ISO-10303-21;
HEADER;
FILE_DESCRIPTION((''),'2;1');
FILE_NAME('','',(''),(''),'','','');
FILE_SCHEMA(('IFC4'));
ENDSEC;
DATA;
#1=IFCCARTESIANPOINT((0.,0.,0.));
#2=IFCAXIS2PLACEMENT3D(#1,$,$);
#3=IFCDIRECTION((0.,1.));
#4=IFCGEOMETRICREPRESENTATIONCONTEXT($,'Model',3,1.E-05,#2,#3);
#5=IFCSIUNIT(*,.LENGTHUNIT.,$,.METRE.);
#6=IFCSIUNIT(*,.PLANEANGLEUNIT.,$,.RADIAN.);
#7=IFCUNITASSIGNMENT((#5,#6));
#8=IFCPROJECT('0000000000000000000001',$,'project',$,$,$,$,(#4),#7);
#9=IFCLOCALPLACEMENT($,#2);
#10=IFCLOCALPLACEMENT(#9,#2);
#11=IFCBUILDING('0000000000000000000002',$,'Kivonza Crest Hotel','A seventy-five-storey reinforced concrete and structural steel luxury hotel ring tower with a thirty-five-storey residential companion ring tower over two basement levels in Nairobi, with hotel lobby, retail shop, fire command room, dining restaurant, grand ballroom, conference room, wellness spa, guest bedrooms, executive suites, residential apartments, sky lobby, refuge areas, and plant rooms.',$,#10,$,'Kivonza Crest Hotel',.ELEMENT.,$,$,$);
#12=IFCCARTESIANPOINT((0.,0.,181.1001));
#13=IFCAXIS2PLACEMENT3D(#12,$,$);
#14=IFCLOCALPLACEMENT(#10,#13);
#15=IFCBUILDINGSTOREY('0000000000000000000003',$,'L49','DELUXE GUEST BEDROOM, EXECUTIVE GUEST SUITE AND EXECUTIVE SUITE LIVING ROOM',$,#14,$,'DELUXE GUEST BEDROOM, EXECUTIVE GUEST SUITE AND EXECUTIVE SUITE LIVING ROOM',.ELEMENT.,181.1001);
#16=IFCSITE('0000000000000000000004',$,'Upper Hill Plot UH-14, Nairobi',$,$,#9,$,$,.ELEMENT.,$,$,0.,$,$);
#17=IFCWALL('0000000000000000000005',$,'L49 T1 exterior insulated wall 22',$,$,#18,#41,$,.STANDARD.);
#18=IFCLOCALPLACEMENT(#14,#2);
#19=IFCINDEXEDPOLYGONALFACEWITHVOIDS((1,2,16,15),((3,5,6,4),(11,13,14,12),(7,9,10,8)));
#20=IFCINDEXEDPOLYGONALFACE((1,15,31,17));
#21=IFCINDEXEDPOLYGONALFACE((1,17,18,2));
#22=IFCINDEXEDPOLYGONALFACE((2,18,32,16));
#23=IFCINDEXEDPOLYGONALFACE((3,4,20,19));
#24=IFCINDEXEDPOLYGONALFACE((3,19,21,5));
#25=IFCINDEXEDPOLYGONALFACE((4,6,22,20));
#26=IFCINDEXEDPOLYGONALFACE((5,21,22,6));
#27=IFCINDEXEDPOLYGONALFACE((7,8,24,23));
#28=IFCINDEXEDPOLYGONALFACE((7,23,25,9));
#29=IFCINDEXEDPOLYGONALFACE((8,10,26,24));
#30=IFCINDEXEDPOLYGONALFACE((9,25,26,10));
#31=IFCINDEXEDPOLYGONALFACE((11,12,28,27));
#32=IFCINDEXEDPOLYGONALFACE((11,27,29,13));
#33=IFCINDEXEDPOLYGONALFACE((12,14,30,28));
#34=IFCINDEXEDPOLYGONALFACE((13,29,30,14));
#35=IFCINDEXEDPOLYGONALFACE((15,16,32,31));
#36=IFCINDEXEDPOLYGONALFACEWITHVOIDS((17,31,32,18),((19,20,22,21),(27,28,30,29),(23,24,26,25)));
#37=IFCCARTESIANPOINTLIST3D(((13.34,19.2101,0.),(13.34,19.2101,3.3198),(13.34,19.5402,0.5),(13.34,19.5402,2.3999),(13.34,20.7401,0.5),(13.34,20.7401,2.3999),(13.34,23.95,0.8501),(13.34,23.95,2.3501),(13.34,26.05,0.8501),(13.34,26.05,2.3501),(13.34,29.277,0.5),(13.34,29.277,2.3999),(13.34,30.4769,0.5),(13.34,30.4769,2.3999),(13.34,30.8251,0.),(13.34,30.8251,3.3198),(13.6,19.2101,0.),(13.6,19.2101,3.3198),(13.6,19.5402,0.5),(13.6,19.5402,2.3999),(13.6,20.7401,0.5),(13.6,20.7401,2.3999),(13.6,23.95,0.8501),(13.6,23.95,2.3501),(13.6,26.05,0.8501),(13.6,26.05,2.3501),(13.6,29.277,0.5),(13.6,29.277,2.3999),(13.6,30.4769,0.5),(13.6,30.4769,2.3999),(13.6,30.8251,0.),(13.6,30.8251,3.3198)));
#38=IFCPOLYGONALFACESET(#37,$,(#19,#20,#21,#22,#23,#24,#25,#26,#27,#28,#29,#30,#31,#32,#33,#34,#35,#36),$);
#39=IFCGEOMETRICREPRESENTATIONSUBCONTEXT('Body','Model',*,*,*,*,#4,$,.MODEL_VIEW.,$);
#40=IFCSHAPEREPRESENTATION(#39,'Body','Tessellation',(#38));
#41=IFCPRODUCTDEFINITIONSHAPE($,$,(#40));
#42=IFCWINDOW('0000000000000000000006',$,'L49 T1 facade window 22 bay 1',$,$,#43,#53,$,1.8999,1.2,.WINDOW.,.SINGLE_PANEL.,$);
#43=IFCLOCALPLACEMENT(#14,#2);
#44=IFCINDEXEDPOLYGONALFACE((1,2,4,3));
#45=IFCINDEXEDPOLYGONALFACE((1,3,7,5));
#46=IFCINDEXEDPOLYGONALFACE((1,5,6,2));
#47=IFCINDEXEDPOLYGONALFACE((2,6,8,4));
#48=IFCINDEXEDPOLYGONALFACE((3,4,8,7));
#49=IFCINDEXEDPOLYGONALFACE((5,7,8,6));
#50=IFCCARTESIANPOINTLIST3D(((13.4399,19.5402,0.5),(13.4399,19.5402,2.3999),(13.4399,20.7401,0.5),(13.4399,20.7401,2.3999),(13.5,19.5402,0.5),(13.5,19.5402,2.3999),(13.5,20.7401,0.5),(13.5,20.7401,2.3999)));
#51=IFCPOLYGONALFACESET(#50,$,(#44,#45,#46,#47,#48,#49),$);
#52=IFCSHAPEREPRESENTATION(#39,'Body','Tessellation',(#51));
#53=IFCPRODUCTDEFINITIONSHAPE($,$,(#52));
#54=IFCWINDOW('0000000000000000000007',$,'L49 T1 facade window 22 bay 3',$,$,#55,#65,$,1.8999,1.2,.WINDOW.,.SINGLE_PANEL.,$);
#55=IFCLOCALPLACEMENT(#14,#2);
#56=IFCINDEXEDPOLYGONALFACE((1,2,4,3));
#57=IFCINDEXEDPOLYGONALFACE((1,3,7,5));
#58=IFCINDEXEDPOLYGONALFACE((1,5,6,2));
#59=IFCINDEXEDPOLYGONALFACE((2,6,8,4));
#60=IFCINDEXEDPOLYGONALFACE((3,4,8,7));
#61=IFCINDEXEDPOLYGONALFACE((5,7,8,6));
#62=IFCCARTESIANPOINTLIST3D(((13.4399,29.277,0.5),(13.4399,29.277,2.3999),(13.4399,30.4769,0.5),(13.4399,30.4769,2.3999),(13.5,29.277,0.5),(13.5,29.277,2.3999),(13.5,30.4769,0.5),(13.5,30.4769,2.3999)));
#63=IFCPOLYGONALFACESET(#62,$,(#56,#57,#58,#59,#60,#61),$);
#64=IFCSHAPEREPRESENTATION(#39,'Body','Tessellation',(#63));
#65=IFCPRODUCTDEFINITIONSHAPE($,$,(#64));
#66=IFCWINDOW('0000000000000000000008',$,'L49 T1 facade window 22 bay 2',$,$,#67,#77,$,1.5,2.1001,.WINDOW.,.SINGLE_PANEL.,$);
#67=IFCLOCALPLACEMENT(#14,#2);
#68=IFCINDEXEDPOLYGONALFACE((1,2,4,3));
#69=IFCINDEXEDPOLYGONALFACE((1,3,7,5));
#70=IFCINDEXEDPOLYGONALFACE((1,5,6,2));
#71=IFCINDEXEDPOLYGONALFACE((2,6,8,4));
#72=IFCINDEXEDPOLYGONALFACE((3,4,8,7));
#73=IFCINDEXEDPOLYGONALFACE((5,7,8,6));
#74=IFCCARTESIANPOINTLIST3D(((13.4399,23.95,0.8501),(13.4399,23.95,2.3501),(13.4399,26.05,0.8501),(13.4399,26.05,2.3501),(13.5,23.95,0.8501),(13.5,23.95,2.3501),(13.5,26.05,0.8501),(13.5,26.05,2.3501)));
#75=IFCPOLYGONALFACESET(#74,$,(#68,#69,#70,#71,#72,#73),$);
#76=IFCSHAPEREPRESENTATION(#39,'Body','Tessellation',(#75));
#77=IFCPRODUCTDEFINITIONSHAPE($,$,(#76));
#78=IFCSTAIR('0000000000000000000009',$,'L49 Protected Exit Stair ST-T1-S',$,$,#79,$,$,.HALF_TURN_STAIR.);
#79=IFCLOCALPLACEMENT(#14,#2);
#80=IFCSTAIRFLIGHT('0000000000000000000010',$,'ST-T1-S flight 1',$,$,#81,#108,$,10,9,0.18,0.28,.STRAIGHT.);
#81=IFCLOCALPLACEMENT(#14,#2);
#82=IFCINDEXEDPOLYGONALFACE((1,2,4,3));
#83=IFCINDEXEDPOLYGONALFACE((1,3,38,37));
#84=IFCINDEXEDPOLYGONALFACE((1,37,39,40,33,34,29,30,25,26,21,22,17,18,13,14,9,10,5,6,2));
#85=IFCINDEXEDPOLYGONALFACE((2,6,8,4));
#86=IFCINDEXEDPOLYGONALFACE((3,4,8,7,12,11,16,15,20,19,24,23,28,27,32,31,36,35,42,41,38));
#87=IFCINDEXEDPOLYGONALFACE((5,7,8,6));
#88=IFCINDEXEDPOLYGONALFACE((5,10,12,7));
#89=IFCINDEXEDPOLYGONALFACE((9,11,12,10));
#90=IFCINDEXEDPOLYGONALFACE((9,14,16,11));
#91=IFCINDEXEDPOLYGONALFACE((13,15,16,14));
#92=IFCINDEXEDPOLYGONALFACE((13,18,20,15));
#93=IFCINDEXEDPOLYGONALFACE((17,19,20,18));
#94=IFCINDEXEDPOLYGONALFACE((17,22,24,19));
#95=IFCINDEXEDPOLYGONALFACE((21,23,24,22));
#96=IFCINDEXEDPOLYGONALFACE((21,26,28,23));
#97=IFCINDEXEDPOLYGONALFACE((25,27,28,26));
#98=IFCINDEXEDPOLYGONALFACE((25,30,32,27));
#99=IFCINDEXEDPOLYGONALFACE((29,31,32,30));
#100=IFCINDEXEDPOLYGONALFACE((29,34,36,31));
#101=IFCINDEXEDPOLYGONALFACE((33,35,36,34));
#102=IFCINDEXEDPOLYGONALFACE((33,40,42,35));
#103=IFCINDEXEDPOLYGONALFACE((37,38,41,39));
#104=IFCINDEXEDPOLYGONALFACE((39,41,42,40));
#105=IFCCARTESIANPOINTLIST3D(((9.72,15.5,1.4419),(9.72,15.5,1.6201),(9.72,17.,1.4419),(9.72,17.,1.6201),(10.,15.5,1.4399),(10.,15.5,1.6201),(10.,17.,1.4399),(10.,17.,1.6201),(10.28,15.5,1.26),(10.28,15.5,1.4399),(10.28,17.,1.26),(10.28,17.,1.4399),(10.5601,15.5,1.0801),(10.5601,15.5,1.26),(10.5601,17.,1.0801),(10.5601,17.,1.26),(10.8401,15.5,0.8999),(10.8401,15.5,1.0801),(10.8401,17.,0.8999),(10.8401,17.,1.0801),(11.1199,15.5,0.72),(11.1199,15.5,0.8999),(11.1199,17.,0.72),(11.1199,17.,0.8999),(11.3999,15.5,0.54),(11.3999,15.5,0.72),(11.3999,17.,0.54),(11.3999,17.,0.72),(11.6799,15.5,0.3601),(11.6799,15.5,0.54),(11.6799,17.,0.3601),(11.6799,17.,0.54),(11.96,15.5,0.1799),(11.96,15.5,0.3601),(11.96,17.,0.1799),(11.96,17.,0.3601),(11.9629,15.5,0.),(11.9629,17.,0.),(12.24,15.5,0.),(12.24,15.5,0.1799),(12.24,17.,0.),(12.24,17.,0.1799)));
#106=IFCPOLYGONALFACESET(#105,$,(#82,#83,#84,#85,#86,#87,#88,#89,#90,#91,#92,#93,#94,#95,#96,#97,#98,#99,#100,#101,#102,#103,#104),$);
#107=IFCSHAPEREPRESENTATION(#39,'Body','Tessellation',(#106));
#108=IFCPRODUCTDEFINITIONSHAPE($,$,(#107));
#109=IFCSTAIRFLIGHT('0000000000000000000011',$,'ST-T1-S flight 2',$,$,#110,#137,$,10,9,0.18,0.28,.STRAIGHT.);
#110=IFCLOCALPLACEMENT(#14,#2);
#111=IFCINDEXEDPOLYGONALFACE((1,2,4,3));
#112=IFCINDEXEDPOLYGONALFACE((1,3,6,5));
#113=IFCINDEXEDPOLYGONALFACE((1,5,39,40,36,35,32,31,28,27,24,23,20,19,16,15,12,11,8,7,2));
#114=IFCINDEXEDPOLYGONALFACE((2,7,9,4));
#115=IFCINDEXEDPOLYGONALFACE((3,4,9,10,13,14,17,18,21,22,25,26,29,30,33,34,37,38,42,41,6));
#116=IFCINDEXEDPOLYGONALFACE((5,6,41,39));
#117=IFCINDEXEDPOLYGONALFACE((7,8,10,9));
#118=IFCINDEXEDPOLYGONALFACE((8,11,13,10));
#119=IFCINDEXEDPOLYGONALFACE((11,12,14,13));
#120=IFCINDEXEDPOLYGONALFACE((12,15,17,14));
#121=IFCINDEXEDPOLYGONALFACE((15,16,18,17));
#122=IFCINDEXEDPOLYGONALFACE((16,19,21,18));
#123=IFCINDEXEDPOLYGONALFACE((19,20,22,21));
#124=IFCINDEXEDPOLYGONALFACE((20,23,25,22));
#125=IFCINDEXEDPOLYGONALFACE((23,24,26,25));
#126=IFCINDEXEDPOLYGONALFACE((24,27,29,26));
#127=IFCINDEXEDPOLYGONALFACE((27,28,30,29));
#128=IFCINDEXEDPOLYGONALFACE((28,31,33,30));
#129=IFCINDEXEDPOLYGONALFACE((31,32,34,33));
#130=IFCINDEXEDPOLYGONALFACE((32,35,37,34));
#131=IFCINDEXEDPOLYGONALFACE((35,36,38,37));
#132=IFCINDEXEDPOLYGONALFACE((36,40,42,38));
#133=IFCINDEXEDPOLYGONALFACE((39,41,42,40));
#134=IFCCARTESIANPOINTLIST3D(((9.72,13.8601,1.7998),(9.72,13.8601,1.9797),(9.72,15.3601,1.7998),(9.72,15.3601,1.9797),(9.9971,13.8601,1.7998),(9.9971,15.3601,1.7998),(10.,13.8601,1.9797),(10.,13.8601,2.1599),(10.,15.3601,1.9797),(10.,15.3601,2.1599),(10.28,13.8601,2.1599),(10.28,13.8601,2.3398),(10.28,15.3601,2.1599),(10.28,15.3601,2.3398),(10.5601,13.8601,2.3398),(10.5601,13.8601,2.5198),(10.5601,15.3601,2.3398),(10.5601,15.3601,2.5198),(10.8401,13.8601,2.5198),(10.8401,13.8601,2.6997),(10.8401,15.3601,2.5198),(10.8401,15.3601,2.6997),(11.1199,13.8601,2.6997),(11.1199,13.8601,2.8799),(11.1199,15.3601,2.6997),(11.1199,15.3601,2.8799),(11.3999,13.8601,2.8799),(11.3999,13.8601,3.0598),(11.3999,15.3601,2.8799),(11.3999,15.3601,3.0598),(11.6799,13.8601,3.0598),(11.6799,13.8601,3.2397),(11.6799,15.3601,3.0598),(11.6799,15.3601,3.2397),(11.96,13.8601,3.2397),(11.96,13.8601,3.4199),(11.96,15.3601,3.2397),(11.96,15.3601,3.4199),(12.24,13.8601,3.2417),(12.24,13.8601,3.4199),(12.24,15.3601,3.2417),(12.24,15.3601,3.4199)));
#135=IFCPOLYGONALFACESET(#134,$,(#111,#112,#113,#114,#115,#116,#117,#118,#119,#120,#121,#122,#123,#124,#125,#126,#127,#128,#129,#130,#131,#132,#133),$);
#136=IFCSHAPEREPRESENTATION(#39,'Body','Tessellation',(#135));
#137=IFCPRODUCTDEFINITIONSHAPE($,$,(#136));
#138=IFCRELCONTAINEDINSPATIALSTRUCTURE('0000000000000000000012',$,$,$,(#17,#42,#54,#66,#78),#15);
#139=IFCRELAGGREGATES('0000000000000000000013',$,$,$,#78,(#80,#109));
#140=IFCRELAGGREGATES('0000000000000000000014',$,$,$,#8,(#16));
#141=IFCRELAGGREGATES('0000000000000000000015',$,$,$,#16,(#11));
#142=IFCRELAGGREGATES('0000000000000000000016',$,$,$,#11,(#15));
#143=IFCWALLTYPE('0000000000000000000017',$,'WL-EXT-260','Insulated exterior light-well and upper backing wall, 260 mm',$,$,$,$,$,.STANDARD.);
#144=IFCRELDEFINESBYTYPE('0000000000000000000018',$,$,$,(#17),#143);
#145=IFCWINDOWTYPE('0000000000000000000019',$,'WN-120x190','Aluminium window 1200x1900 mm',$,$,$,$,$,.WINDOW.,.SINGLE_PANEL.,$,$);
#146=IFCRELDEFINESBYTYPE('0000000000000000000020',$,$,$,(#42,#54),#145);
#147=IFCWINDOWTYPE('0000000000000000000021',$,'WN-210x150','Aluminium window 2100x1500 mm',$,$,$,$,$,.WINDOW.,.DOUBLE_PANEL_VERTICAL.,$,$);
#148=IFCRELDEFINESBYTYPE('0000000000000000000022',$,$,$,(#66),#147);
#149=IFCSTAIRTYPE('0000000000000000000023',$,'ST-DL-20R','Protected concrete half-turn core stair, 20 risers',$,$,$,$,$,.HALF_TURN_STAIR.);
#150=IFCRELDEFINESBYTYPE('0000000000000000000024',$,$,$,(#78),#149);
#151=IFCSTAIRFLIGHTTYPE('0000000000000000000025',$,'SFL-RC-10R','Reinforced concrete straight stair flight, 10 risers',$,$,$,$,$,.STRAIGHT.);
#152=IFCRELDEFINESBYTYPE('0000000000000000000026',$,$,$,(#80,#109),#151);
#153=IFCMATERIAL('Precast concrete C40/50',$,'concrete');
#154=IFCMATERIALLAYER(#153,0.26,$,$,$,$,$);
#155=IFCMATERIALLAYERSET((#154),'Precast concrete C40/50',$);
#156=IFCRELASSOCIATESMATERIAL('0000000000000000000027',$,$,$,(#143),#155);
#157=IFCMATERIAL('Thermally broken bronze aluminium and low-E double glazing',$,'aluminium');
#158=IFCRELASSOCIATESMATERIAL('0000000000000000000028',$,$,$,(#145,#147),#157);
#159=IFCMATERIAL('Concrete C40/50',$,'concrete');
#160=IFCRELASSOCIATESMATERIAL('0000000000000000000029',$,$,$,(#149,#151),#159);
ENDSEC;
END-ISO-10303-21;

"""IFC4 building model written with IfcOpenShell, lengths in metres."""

from ifc_helpers import new_model, si_unit, direction, frame, frame_2d, origin, place, context, subcontext, project, spatial, polyline, rectangle, outline, extrude, material, layer, layer_set, type_object, element, fill, aggregate, save


model = new_model("IFC4")

# Units and contexts
model_context = context("Model", 3, precision=1e-05, world=origin(), true_north=direction((0.0, 1.0)))
body_context = subcontext(model_context, "Body", "Model", "MODEL_VIEW")
ifc_project = project(units=[si_unit("LENGTHUNIT", "METRE"), si_unit("PLANEANGLEUNIT", "RADIAN")], contexts=[model_context])

# Site, building, storey
site_placement = place(None, origin())
site = spatial("IfcSite", under=ifc_project, at=site_placement, Name="Upper Hill Plot UH-14, Nairobi", CompositionType="ELEMENT", RefElevation=0.0)
building_placement = place(site_placement, origin())
building = spatial("IfcBuilding", under=site, at=building_placement, Name="Kivonza Crest Hotel", Description="A seventy-five-storey reinforced concrete and structural steel luxury hotel ring tower with a thirty-five-storey residential companion ring tower over two basement levels in Nairobi, with hotel lobby, retail shop, fire command room, dining restaurant, grand ballroom, conference room, wellness spa, guest bedrooms, executive suites, residential apartments, sky lobby, refuge areas, and plant rooms.", LongName="Kivonza Crest Hotel", CompositionType="ELEMENT")
storey_placement = place(building_placement, frame((0.0, 0.0, 181.1001)))
storey = spatial("IfcBuildingStorey", under=building, at=storey_placement, Name="L49", Description="DELUXE GUEST BEDROOM, EXECUTIVE GUEST SUITE AND EXECUTIVE SUITE LIVING ROOM", LongName="DELUXE GUEST BEDROOM, EXECUTIVE GUEST SUITE AND EXECUTIVE SUITE LIVING ROOM", CompositionType="ELEMENT", Elevation=181.1001)

# Shared definitions
ifc_material_1 = material(Name="Precast concrete C40/50", Category="concrete")
ifc_layer_1 = layer(ifc_material_1, 0.26)
ifc_layer_set_1 = layer_set([ifc_layer_1], Name="Precast concrete C40/50")
wall_type_1 = type_object("IfcWallType", Name="WL-EXT-260", Description="Insulated exterior light-well and upper backing wall, 260 mm", PredefinedType="STANDARD", material=ifc_layer_set_1)
ifc_material_2 = material(Name="Thermally broken bronze aluminium and low-E double glazing", Category="aluminium")

# Wall, openings, windows
wall_1_placement = place(storey_placement, frame((13.47, 19.21, 0.0), z_axis=(0.0, 0.0, 1.0), x_axis=(0.0, 1.0, 0.0)))
wall_1 = element("IfcWall", 1, at=wall_1_placement, inside=storey, type_object=wall_type_1, Name="L49 T1 exterior insulated wall 22", PredefinedType="STANDARD", context=body_context, shape_type="SweptSolid", body=[
    extrude(rectangle(XDim=11.615, YDim=0.26, at=frame_2d((5.8076, 0.0))), origin(), (0.0, 0.0, 1.0), 3.3198),
])
opening_1_placement = place(wall_1_placement, frame((0.3301, 0.0, 0.5)))
opening_1 = element("IfcOpeningElement", 2, at=opening_1_placement, cuts=wall_1, PredefinedType="OPENING", context=body_context, shape_type="SweptSolid", body=[
    extrude(rectangle(XDim=1.2, YDim=1.8999, at=frame_2d((0.6001, 0.95))), frame((0.0, 0.1401, 0.0), z_axis=(0.0, -1.0, 0.0), x_axis=(1.0, 0.0, 0.0)), (0.0, 0.0, 1.0), 0.28),
])
opening_2_placement = place(wall_1_placement, frame((4.74, 0.0, 0.8501)))
opening_2 = element("IfcOpeningElement", 3, at=opening_2_placement, cuts=wall_1, PredefinedType="OPENING", context=body_context, shape_type="SweptSolid", body=[
    extrude(rectangle(XDim=2.1001, YDim=1.5, at=frame_2d((1.05, 0.75))), frame((0.0, 0.1401, 0.0), z_axis=(0.0, -1.0, 0.0), x_axis=(1.0, 0.0, 0.0)), (0.0, 0.0, 1.0), 0.28),
])
opening_3_placement = place(wall_1_placement, frame((10.0669, 0.0, 0.5)))
opening_3 = element("IfcOpeningElement", 4, at=opening_3_placement, cuts=wall_1, PredefinedType="OPENING", context=body_context, shape_type="SweptSolid", body=[
    extrude(rectangle(XDim=1.2, YDim=1.8999, at=frame_2d((0.6001, 0.95))), frame((0.0, 0.1401, 0.0), z_axis=(0.0, -1.0, 0.0), x_axis=(1.0, 0.0, 0.0)), (0.0, 0.0, 1.0), 0.28),
])
window_type_1 = type_object("IfcWindowType", Name="WN-120x190", Description="Aluminium window 1200x1900 mm", PartitioningType="SINGLE_PANEL", PredefinedType="WINDOW", material=ifc_material_2)
window_1_placement = place(opening_1_placement, origin())
window_1 = element("IfcWindow", 5, at=window_1_placement, inside=storey, type_object=window_type_1, Name="L49 T1 facade window 22 bay 1", OverallHeight=1.8999, OverallWidth=1.2, PartitioningType="SINGLE_PANEL", PredefinedType="WINDOW", context=body_context, shape_type="SweptSolid", body=[
    extrude(rectangle(XDim=1.2, YDim=1.8999, at=frame_2d((0.6001, 0.95))), frame((0.0, 0.03, 0.0), z_axis=(0.0, -1.0, 0.0), x_axis=(1.0, 0.0, 0.0)), (0.0, 0.0, 1.0), 0.0601),
])
fill(opening_1, window_1)
window_2_placement = place(opening_3_placement, origin())
window_2 = element("IfcWindow", 6, at=window_2_placement, inside=storey, type_object=window_type_1, Name="L49 T1 facade window 22 bay 3", OverallHeight=1.8999, OverallWidth=1.2, PartitioningType="SINGLE_PANEL", PredefinedType="WINDOW", context=body_context, shape_type="SweptSolid", body=[
    extrude(rectangle(XDim=1.2, YDim=1.8999, at=frame_2d((0.6001, 0.95))), frame((0.0, 0.03, 0.0), z_axis=(0.0, -1.0, 0.0), x_axis=(1.0, 0.0, 0.0)), (0.0, 0.0, 1.0), 0.0601),
])
fill(opening_3, window_2)
window_type_2 = type_object("IfcWindowType", Name="WN-210x150", Description="Aluminium window 2100x1500 mm", PartitioningType="DOUBLE_PANEL_VERTICAL", PredefinedType="WINDOW", material=ifc_material_2)
window_3_placement = place(opening_2_placement, origin())
window_3 = element("IfcWindow", 7, at=window_3_placement, inside=storey, type_object=window_type_2, Name="L49 T1 facade window 22 bay 2", OverallHeight=1.5, OverallWidth=2.1001, PartitioningType="SINGLE_PANEL", PredefinedType="WINDOW", context=body_context, shape_type="SweptSolid", body=[
    extrude(rectangle(XDim=2.1001, YDim=1.5, at=frame_2d((1.05, 0.75))), frame((0.0, 0.03, 0.0), z_axis=(0.0, -1.0, 0.0), x_axis=(1.0, 0.0, 0.0)), (0.0, 0.0, 1.0), 0.0601),
])
fill(opening_2, window_3)

# Stair, stair flights
ifc_material_3 = material(Name="Concrete C40/50", Category="concrete")
stair_type = type_object("IfcStairType", Name="ST-DL-20R", Description="Protected concrete half-turn core stair, 20 risers", PredefinedType="HALF_TURN_STAIR", material=ifc_material_3)
stair_placement = place(storey_placement, origin())
stair = element("IfcStair", 8, at=stair_placement, inside=storey, type_object=stair_type, Name="L49 Protected Exit Stair ST-T1-S", PredefinedType="HALF_TURN_STAIR")
stair_flight_type = type_object("IfcStairFlightType", Name="SFL-RC-10R", Description="Reinforced concrete straight stair flight, 10 risers", PredefinedType="STRAIGHT", material=ifc_material_3)
stair_flight_1_placement = place(storey_placement, frame((12.24, 16.25, 0.0), z_axis=(0.0, 0.0, 1.0), x_axis=(-1.0, 0.0, 0.0)))
stair_flight_1 = element("IfcStairFlight", 9, at=stair_flight_1_placement, type_object=stair_flight_type, Name="ST-T1-S flight 1", NumberOfRisers=10, NumberOfTreads=9, PredefinedType="STRAIGHT", RiserHeight=0.18, TreadLength=0.28, context=body_context, shape_type="SweptSolid", body=[
    extrude(outline(polyline([(0.0, 0.0), (0.0, 0.1799), (0.28, 0.1799), (0.28, 0.3601), (0.5601, 0.3601), (0.5601, 0.54), (0.8401, 0.54), (0.8401, 0.72), (1.1201, 0.72), (1.1201, 0.8999), (1.3999, 0.8999), (1.3999, 1.0801), (1.6799, 1.0801), (1.6799, 1.26), (1.96, 1.26), (1.96, 1.4399), (2.24, 1.4399), (2.24, 1.6201), (2.52, 1.6201), (2.52, 1.8), (2.52, 1.4419), (0.2771, 0.0), (0.0, 0.0)])), frame((0.0, 0.75, 0.0), z_axis=(0.0, -1.0, 0.0), x_axis=(1.0, 0.0, 0.0)), (0.0, 0.0, 1.0), 1.5),
])
stair_flight_2_placement = place(storey_placement, frame((9.72, 14.6101, 1.7998), z_axis=(0.0, 0.0, 1.0), x_axis=(1.0, 0.0, 0.0)))
stair_flight_2 = element("IfcStairFlight", 10, at=stair_flight_2_placement, type_object=stair_flight_type, Name="ST-T1-S flight 2", NumberOfRisers=10, NumberOfTreads=9, PredefinedType="STRAIGHT", RiserHeight=0.18, TreadLength=0.28, context=body_context, shape_type="SweptSolid", body=[
    extrude(outline(polyline([(0.0, 0.0), (0.0, 0.1799), (0.28, 0.1799), (0.28, 0.3601), (0.5601, 0.3601), (0.5601, 0.54), (0.8401, 0.54), (0.8401, 0.72), (1.1201, 0.72), (1.1201, 0.8999), (1.3999, 0.8999), (1.3999, 1.0801), (1.6799, 1.0801), (1.6799, 1.26), (1.96, 1.26), (1.96, 1.4399), (2.24, 1.4399), (2.24, 1.6201), (2.52, 1.6201), (2.52, 1.8), (2.52, 1.4419), (0.2771, 0.0), (0.0, 0.0)])), frame((0.0, 0.75, 0.0), z_axis=(0.0, -1.0, 0.0), x_axis=(1.0, 0.0, 0.0)), (0.0, 0.0, 1.0), 1.5),
])
aggregate(stair, [stair_flight_1, stair_flight_2])

save(model, "model.ifc")
